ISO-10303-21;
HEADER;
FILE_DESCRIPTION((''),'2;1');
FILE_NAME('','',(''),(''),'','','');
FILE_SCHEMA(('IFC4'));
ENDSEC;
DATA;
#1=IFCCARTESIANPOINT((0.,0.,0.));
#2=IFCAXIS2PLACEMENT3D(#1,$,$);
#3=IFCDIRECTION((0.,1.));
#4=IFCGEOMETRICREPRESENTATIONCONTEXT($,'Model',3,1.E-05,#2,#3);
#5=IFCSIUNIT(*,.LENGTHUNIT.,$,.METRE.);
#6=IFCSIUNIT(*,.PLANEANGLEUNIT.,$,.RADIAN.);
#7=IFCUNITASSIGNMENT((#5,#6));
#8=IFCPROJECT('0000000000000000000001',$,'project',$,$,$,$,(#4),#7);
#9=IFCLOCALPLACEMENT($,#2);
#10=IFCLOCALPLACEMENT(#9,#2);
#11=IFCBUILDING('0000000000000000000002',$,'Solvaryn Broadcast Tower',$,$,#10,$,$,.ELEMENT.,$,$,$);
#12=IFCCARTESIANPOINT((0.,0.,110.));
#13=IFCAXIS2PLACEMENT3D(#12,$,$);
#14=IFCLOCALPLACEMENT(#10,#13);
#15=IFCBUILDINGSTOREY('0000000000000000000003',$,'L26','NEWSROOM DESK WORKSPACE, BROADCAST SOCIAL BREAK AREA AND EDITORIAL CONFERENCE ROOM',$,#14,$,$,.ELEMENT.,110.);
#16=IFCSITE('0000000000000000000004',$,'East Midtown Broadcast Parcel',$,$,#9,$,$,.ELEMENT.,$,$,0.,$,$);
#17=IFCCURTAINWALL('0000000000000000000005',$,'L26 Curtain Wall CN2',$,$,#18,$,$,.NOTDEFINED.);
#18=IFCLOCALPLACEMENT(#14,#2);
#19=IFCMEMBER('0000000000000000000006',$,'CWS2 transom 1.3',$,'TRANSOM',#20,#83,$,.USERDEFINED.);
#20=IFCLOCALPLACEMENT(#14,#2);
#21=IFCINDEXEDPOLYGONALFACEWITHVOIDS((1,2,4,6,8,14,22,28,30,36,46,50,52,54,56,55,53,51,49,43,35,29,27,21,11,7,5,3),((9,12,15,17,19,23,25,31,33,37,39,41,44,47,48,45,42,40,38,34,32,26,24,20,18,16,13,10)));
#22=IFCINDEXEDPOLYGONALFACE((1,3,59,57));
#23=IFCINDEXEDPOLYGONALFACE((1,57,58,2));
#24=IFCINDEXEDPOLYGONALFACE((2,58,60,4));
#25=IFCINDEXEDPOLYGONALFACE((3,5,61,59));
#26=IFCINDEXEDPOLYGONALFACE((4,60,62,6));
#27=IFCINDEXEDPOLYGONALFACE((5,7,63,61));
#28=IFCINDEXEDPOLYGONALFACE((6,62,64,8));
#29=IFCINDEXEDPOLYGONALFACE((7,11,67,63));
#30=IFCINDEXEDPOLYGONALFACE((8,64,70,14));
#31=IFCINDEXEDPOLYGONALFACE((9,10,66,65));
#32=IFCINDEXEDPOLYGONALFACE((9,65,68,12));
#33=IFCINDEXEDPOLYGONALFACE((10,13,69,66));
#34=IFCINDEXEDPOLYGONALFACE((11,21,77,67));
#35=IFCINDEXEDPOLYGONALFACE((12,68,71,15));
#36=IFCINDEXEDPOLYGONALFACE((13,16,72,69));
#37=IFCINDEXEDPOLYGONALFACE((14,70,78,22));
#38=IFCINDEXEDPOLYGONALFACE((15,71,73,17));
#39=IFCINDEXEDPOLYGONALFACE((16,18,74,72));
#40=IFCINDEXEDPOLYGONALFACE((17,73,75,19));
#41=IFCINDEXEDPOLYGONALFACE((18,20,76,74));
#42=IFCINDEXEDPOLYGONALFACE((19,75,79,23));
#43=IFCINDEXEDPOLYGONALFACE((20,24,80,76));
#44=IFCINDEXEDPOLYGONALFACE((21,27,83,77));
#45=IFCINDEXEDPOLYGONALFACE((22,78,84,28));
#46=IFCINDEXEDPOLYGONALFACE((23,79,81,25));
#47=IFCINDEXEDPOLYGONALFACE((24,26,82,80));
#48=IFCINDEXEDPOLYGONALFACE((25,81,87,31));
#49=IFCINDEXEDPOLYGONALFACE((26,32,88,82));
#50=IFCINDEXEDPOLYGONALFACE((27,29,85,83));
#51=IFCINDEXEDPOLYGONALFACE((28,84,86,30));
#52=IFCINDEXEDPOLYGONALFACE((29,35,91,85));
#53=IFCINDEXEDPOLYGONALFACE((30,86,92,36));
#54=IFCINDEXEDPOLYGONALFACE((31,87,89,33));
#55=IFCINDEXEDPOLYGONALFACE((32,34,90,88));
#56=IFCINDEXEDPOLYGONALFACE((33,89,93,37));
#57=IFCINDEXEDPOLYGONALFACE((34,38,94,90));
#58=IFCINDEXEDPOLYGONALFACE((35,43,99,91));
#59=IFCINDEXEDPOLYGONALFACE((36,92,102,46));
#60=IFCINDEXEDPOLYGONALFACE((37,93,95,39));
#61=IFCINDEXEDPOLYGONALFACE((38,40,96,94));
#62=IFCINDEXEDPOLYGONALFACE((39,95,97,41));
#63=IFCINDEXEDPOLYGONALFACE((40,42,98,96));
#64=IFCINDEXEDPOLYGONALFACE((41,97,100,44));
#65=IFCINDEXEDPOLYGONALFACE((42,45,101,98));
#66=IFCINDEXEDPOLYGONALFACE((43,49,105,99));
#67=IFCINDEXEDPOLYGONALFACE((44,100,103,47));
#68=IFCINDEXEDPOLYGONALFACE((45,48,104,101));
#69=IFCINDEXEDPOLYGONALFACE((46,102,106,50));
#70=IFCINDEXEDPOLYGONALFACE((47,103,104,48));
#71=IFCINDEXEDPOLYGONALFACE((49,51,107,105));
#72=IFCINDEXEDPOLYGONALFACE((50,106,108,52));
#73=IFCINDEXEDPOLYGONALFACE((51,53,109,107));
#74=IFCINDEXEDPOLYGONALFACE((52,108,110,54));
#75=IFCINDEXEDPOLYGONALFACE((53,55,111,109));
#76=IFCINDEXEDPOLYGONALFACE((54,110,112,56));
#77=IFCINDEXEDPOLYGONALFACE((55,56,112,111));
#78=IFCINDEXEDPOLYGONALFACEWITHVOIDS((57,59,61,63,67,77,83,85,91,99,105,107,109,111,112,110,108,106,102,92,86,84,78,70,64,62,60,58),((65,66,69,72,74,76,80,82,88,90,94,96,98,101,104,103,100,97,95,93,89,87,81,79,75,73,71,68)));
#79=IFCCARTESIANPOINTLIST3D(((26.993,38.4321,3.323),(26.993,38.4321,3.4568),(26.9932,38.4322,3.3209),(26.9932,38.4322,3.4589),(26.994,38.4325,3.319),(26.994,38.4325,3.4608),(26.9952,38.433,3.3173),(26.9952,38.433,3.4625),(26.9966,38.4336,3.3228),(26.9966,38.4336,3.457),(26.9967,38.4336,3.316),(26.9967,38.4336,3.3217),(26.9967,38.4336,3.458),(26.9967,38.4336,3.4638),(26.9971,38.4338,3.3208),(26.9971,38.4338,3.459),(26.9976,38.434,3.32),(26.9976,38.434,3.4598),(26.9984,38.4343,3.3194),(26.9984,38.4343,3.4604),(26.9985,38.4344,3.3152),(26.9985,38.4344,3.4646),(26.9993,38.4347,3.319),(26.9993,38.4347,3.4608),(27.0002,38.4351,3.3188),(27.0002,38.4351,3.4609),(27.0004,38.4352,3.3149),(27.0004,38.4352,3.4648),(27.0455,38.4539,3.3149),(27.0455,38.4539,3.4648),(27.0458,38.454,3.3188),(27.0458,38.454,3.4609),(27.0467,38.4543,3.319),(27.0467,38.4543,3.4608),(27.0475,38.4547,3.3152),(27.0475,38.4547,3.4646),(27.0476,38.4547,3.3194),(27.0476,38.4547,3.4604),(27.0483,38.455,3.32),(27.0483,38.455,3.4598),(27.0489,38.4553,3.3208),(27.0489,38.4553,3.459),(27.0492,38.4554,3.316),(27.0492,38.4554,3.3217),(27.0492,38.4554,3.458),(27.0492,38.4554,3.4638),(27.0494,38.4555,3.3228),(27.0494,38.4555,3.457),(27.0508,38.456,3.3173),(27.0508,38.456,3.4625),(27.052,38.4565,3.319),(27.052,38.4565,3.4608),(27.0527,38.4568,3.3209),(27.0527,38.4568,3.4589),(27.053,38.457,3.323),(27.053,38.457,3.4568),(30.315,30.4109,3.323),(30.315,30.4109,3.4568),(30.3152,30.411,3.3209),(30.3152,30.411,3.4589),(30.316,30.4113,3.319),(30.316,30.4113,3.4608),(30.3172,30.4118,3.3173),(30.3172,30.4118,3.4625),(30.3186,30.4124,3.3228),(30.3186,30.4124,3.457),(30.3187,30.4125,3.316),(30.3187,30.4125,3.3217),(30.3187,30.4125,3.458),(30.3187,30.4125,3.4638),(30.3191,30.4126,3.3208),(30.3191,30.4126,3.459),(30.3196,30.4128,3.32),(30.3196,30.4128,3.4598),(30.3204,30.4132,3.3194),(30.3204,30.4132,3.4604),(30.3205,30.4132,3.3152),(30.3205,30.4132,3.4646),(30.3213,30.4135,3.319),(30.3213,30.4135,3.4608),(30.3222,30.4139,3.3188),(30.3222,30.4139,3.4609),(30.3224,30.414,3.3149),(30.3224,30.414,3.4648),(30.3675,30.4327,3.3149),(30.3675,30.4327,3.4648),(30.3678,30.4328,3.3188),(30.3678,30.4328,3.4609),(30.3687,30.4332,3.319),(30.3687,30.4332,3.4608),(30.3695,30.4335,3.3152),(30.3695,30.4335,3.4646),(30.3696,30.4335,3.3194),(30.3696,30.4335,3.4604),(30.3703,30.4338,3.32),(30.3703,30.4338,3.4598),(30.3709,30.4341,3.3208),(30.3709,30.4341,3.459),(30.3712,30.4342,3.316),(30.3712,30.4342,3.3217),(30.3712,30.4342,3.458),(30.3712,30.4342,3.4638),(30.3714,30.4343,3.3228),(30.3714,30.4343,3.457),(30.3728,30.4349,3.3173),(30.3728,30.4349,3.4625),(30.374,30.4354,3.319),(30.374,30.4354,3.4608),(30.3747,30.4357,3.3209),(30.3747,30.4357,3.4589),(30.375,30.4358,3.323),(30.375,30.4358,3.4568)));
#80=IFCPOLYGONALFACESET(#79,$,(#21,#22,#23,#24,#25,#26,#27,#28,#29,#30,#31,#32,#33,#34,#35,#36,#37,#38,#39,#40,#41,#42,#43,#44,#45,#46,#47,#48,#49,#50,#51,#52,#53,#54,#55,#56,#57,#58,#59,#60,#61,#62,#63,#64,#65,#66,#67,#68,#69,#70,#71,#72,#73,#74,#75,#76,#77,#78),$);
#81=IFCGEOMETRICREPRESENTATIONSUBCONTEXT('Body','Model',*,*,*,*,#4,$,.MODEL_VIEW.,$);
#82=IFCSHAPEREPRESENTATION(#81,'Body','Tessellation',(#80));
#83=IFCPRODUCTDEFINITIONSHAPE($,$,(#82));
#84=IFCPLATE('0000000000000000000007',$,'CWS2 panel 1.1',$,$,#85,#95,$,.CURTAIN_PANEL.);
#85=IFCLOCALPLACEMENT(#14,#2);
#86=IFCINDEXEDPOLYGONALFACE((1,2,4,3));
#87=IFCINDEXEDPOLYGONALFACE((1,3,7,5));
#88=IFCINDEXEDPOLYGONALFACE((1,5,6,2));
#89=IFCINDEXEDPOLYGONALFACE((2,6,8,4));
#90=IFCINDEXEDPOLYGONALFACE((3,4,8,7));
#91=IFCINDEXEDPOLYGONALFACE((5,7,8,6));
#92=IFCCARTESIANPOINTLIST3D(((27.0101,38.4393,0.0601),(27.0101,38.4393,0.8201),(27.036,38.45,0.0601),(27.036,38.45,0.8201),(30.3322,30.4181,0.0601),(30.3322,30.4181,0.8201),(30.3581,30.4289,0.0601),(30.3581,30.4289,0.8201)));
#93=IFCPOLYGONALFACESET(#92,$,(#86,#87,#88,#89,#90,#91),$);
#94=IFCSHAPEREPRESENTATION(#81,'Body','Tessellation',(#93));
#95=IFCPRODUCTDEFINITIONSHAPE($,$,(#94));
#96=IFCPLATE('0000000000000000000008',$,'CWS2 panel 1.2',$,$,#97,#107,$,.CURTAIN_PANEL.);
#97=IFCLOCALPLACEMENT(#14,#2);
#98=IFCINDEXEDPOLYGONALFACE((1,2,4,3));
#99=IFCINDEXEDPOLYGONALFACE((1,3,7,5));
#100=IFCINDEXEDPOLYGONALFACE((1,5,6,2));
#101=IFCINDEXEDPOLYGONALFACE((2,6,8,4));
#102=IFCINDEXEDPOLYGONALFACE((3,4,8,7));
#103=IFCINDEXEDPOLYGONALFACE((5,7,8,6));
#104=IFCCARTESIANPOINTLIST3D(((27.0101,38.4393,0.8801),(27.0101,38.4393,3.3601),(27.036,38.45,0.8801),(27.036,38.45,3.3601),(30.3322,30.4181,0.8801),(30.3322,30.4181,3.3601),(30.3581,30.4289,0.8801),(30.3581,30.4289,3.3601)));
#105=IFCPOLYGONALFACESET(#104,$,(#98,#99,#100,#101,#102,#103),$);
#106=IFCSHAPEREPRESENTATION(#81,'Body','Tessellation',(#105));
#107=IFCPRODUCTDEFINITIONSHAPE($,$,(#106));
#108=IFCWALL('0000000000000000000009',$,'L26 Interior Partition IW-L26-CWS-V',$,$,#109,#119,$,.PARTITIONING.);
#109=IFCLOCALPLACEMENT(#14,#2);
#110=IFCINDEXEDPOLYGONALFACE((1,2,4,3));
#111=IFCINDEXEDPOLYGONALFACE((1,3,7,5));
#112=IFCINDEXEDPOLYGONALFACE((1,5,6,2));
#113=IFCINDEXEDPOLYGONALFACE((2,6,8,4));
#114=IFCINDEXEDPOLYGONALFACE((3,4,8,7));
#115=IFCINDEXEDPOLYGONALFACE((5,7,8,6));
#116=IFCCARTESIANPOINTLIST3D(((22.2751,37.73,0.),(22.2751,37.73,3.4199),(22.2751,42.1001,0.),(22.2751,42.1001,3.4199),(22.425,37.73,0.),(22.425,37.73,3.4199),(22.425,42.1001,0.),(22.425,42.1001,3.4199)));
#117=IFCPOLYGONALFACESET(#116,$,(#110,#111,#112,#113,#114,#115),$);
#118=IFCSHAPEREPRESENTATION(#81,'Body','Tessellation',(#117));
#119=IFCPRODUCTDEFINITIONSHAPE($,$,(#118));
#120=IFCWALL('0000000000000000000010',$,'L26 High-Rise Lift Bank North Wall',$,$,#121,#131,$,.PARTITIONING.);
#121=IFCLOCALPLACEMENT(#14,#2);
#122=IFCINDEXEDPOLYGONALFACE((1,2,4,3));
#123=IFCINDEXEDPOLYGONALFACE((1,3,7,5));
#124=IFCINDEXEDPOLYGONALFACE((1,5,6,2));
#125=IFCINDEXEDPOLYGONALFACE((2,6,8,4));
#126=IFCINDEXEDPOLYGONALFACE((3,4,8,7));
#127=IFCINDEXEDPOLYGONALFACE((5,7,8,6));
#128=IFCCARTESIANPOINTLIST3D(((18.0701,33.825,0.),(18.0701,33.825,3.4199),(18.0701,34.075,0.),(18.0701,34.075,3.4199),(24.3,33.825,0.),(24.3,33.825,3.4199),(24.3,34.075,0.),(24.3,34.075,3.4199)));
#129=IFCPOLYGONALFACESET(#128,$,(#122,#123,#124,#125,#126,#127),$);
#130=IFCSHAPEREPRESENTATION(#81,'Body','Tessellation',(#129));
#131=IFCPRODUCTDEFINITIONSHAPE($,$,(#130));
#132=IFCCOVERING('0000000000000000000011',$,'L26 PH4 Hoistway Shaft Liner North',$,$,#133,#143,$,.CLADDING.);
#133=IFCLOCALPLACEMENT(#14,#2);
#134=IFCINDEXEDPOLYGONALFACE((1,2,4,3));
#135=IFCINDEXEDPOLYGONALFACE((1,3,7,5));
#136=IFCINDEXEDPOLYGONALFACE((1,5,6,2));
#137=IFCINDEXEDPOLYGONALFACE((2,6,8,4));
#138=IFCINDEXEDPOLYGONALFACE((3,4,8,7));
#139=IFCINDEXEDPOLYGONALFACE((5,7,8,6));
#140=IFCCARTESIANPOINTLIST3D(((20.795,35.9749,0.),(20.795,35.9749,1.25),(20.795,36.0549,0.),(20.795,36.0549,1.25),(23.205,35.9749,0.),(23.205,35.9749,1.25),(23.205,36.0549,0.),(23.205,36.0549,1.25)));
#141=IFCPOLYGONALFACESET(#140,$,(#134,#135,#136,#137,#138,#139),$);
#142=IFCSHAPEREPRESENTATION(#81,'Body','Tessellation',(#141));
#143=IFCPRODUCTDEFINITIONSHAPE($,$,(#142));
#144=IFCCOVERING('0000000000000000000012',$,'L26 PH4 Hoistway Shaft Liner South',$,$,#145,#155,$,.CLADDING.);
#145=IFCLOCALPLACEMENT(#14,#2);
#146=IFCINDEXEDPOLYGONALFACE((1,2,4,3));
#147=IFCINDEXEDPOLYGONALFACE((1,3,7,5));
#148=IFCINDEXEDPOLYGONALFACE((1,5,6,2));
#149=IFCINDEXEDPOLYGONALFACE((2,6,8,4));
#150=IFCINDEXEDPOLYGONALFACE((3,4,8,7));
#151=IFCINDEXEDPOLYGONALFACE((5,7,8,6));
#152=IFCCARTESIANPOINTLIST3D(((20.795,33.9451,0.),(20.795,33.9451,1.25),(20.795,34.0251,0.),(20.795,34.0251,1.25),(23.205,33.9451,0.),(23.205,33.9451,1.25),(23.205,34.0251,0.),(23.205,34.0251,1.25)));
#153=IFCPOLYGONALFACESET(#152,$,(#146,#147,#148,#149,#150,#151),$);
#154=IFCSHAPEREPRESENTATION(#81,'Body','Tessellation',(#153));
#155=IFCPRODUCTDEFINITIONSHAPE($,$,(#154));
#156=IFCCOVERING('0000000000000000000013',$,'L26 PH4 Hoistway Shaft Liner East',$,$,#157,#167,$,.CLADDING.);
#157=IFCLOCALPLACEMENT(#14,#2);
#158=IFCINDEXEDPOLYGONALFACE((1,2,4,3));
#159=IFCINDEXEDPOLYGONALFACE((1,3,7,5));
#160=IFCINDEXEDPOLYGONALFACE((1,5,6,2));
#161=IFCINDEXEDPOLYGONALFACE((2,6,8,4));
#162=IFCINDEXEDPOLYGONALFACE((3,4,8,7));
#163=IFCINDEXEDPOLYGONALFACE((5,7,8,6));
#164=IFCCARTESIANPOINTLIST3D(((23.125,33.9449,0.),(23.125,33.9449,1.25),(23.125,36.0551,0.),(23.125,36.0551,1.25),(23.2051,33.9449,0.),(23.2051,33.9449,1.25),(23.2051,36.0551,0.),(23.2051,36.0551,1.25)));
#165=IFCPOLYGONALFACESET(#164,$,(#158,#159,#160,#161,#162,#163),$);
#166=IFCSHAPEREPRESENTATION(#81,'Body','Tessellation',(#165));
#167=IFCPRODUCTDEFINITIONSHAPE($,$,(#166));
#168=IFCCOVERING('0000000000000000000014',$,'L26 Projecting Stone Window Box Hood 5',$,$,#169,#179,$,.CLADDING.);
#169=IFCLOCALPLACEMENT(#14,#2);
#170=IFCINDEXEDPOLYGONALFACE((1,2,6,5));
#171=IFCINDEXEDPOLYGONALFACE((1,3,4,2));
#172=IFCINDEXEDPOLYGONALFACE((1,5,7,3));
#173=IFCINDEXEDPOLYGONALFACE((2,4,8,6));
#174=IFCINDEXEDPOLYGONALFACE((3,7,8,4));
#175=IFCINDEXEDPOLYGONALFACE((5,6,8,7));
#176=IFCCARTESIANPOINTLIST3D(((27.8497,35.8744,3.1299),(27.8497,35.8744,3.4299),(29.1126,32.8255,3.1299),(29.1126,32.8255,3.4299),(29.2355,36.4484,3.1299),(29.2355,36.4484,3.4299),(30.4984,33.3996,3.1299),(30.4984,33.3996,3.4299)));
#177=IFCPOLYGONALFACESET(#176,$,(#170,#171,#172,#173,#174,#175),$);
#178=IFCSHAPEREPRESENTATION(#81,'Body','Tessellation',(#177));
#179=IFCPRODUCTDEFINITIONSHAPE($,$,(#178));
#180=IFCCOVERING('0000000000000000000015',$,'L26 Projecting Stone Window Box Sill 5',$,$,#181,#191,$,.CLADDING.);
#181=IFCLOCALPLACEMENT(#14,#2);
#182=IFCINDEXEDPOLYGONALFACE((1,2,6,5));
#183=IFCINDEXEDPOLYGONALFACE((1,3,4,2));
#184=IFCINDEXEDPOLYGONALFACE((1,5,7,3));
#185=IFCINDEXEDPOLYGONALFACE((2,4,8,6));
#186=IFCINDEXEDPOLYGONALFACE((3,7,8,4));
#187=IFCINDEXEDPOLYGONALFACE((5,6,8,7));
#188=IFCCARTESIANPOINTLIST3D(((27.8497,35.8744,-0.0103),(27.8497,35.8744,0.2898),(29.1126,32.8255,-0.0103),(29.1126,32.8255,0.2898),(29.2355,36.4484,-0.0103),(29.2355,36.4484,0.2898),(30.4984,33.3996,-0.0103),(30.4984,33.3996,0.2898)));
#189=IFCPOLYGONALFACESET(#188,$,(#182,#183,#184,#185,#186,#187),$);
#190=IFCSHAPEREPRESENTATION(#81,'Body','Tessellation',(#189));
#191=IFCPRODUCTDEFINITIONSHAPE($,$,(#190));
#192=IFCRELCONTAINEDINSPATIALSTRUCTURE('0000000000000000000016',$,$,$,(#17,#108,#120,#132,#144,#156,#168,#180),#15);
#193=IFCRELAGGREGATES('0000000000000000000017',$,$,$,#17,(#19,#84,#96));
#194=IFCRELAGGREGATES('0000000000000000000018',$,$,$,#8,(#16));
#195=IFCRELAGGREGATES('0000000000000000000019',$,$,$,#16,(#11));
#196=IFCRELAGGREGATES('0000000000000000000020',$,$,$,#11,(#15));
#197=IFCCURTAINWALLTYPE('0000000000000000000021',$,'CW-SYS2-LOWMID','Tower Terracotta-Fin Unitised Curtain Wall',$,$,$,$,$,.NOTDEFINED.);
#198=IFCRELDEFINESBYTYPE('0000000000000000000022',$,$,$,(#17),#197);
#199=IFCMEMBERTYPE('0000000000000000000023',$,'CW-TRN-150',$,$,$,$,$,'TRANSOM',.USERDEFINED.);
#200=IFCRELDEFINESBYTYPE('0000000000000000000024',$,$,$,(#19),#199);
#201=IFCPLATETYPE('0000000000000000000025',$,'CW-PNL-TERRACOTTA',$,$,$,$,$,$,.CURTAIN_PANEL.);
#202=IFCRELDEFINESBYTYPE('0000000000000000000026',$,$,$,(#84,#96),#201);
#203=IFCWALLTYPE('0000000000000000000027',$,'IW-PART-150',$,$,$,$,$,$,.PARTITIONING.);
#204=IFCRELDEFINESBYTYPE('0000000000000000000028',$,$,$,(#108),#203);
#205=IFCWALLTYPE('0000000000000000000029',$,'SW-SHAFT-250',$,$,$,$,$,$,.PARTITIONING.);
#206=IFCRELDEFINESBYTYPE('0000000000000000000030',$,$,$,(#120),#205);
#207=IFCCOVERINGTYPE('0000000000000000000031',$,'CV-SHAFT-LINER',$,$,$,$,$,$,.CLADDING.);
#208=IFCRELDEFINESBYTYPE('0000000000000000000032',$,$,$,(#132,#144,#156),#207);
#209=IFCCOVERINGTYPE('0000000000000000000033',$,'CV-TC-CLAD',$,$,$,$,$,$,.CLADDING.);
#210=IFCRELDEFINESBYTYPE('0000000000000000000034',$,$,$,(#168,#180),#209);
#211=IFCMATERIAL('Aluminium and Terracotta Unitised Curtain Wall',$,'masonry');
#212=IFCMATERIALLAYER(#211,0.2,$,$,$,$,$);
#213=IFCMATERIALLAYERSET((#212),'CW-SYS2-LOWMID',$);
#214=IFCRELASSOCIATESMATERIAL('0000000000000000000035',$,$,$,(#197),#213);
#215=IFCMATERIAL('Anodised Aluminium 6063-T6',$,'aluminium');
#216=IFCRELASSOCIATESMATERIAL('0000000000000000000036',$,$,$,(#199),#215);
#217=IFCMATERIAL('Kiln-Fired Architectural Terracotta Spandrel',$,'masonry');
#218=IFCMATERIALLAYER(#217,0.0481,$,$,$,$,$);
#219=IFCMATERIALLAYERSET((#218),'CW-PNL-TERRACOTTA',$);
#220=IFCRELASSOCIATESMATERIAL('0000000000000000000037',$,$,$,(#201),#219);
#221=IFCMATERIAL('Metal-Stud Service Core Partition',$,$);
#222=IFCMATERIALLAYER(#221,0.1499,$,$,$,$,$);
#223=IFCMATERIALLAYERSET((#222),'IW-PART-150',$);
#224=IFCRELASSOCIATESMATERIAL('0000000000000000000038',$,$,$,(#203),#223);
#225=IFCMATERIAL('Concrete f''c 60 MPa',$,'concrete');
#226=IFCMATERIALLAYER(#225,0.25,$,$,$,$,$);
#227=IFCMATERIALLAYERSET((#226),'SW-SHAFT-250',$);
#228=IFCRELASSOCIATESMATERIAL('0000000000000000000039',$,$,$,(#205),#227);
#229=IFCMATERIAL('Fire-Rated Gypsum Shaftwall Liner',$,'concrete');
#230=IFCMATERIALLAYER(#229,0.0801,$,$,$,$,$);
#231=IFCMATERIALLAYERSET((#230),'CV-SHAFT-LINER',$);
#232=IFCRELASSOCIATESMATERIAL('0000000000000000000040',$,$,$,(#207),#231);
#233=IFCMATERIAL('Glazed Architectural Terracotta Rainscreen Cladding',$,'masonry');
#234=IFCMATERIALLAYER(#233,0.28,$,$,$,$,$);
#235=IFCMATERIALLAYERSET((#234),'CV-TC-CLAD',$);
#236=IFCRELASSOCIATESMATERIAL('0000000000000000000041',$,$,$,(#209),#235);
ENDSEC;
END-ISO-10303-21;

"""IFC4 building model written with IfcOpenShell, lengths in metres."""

from ifc_helpers import new_model, si_unit, direction, frame, frame_2d, origin, origin_2d, place, context, subcontext, project, spatial, rectangle, hollow_rectangle, extrude, material, layer, layer_set, material_profile, profile_set, type_object, element, aggregate, save


model = new_model("IFC4")

# Units and contexts
model_context = context("Model", 3, precision=1e-05, world=origin(), true_north=direction((0.0, 1.0)))
body_context = subcontext(model_context, "Body", "Model", "MODEL_VIEW")
ifc_project = project(units=[si_unit("LENGTHUNIT", "METRE"), si_unit("PLANEANGLEUNIT", "RADIAN")], contexts=[model_context])

# Site, building, storey
site_placement = place(None, origin())
site = spatial("IfcSite", under=ifc_project, at=site_placement, Name="East Midtown Broadcast Parcel", CompositionType="ELEMENT", RefElevation=0.0)
building_placement = place(site_placement, origin())
building = spatial("IfcBuilding", under=site, at=building_placement, Name="Solvaryn Broadcast Tower", CompositionType="ELEMENT")
storey_placement = place(building_placement, frame((0.0, 0.0, 110.0)))
storey = spatial("IfcBuildingStorey", under=building, at=storey_placement, Name="L26", Description="NEWSROOM DESK WORKSPACE, BROADCAST SOCIAL BREAK AREA AND EDITORIAL CONFERENCE ROOM", CompositionType="ELEMENT", Elevation=110.0)

# Shared definitions
ifc_material_1 = material(Name="Aluminium and Terracotta Unitised Curtain Wall", Category="masonry")
ifc_layer_1 = layer(ifc_material_1, 0.2)
ifc_layer_set_1 = layer_set([ifc_layer_1], Name="CW-SYS2-LOWMID")
curtain_wall_type = type_object("IfcCurtainWallType", Name="CW-SYS2-LOWMID", Description="Tower Terracotta-Fin Unitised Curtain Wall", PredefinedType="NOTDEFINED", material=ifc_layer_set_1)

# Curtain wall, member, plates
curtain_wall_1_placement = place(storey_placement, origin())
curtain_wall_1 = element("IfcCurtainWall", 1, at=curtain_wall_1_placement, inside=storey, type_object=curtain_wall_type, Name="L26 Curtain Wall CN2", PredefinedType="NOTDEFINED")
ifc_material_2 = material(Name="Anodised Aluminium 6063-T6", Category="aluminium")
ifc_material_profile_1 = material_profile(ifc_material_2, hollow_rectangle(XDim=0.0649, YDim=0.1499, WallThickness=0.0039, InnerFilletRadius=0.0039, OuterFilletRadius=0.0081, at=origin_2d()))
ifc_profile_set_1 = profile_set([ifc_material_profile_1], Name="Anodised Aluminium 6063-T6")
member_type_1 = type_object("IfcMemberType", Name="CW-TRN-150", ElementType="TRANSOM", PredefinedType="USERDEFINED", material=ifc_profile_set_1)
member_1_placement = place(storey_placement, frame((30.345, 30.4233, 3.3899), z_axis=(-0.382636, 0.923899, 0.0), x_axis=(-0.923899, -0.382636, 0.0)))
member_1 = element("IfcMember", 2, at=member_1_placement, type_object=member_type_1, Name="CWS2 transom 1.3", ObjectType="TRANSOM", PredefinedType="USERDEFINED", context=body_context, shape_type="SweptSolid", body=[
    extrude(hollow_rectangle(XDim=0.0649, YDim=0.1499, WallThickness=0.0039, InnerFilletRadius=0.0039, OuterFilletRadius=0.0081, at=origin_2d()), origin(), (0.0, 0.0, 1.0), 8.6819),
])
ifc_material_3 = material(Name="Kiln-Fired Architectural Terracotta Spandrel", Category="masonry")
ifc_layer_2 = layer(ifc_material_3, 0.0481)
ifc_layer_set_2 = layer_set([ifc_layer_2], Name="CW-PNL-TERRACOTTA")
plate_type = type_object("IfcPlateType", Name="CW-PNL-TERRACOTTA", PredefinedType="CURTAIN_PANEL", material=ifc_layer_set_2)
plate_1_placement = place(storey_placement, frame((28.6841, 34.4341, 0.0601), z_axis=(0.0, 0.0, 1.0), x_axis=(-0.382646, 0.923895, 0.0)))
plate_1 = element("IfcPlate", 3, at=plate_1_placement, type_object=plate_type, Name="CWS2 panel 1.1", PredefinedType="CURTAIN_PANEL", context=body_context, shape_type="SweptSolid", body=[
    extrude(rectangle(XDim=8.6819, YDim=0.0281, at=origin_2d()), origin(), (0.0, 0.0, 1.0), 0.76),
])
plate_2_placement = place(storey_placement, frame((28.6841, 34.4341, 0.8801), z_axis=(0.0, 0.0, 1.0), x_axis=(-0.382646, 0.923895, 0.0)))
plate_2 = element("IfcPlate", 4, at=plate_2_placement, type_object=plate_type, Name="CWS2 panel 1.2", PredefinedType="CURTAIN_PANEL", context=body_context, shape_type="SweptSolid", body=[
    extrude(rectangle(XDim=8.6819, YDim=0.0281, at=origin_2d()), origin(), (0.0, 0.0, 1.0), 2.48),
])
aggregate(curtain_wall_1, [member_1, plate_1, plate_2])

# Walls
ifc_material_4 = material(Name="Metal-Stud Service Core Partition")
ifc_layer_3 = layer(ifc_material_4, 0.1499)
ifc_layer_set_3 = layer_set([ifc_layer_3], Name="IW-PART-150")
wall_type_1 = type_object("IfcWallType", Name="IW-PART-150", PredefinedType="PARTITIONING", material=ifc_layer_set_3)
wall_1_placement = place(storey_placement, frame((22.3501, 37.73, 0.0), z_axis=(0.0, 0.0, 1.0), x_axis=(0.0, 1.0, 0.0)))
element("IfcWall", 5, at=wall_1_placement, inside=storey, type_object=wall_type_1, Name="L26 Interior Partition IW-L26-CWS-V", PredefinedType="PARTITIONING", context=body_context, shape_type="SweptSolid", body=[
    extrude(rectangle(XDim=4.3701, YDim=0.1499, at=frame_2d((2.1851, 0.0))), origin(), (0.0, 0.0, 1.0), 3.4199),
])
ifc_material_5 = material(Name="Concrete f'c 60 MPa", Category="concrete")
ifc_layer_4 = layer(ifc_material_5, 0.25)
ifc_layer_set_4 = layer_set([ifc_layer_4], Name="SW-SHAFT-250")
wall_type_2 = type_object("IfcWallType", Name="SW-SHAFT-250", PredefinedType="PARTITIONING", material=ifc_layer_set_4)
wall_2_placement = place(storey_placement, frame((24.3, 33.95, 0.0), z_axis=(0.0, 0.0, 1.0), x_axis=(-1.0, 0.0, 0.0)))
element("IfcWall", 6, at=wall_2_placement, inside=storey, type_object=wall_type_2, Name="L26 High-Rise Lift Bank North Wall", PredefinedType="PARTITIONING", context=body_context, shape_type="SweptSolid", body=[
    extrude(rectangle(XDim=6.23, YDim=0.25, at=frame_2d((3.115, 0.0))), origin(), (0.0, 0.0, 1.0), 3.4199),
])

# Coverings
ifc_material_6 = material(Name="Fire-Rated Gypsum Shaftwall Liner", Category="concrete")
ifc_layer_5 = layer(ifc_material_6, 0.0801)
ifc_layer_set_5 = layer_set([ifc_layer_5], Name="CV-SHAFT-LINER")
covering_type_1 = type_object("IfcCoveringType", Name="CV-SHAFT-LINER", PredefinedType="CLADDING", material=ifc_layer_set_5)
for number, where, z_axis, x_axis, name in (
    (7, (22.0, 36.0149, 0.0), (0.0, 0.0, 1.0), (1.0, 0.0, 0.0), "L26 PH4 Hoistway Shaft Liner North"),
    (8, (22.0, 33.9851, 0.0), (0.0, 0.0, 1.0), (1.0, 0.0, 0.0), "L26 PH4 Hoistway Shaft Liner South"),
):
    element("IfcCovering", number, at=place(storey_placement, frame(where, z_axis=z_axis, x_axis=x_axis)), inside=storey, type_object=covering_type_1, Name=name, PredefinedType="CLADDING", context=body_context, shape_type="SweptSolid", body=[
        extrude(rectangle(XDim=2.4099, YDim=0.0801, at=origin_2d()), origin(), (0.0, 0.0, 1.0), 1.25),
    ])
covering_1_placement = place(storey_placement, frame((23.165, 35.0, 0.0), z_axis=(0.0, 0.0, 1.0), x_axis=(1.0, 0.0, 0.0)))
element("IfcCovering", 9, at=covering_1_placement, inside=storey, type_object=covering_type_1, Name="L26 PH4 Hoistway Shaft Liner East", PredefinedType="CLADDING", context=body_context, shape_type="SweptSolid", body=[
    extrude(rectangle(XDim=0.0801, YDim=2.1101, at=origin_2d()), origin(), (0.0, 0.0, 1.0), 1.25),
])
ifc_material_7 = material(Name="Glazed Architectural Terracotta Rainscreen Cladding", Category="masonry")
ifc_layer_6 = layer(ifc_material_7, 0.28)
ifc_layer_set_6 = layer_set([ifc_layer_6], Name="CV-TC-CLAD")
covering_type_2 = type_object("IfcCoveringType", Name="CV-TC-CLAD", PredefinedType="CLADDING", material=ifc_layer_set_6)
for number, where, z_axis, x_axis, name in (
    (10, (29.1741, 34.637, 3.1299), (0.0, 0.0, 1.0), (-0.382683, 0.92388, 0.0), "L26 Projecting Stone Window Box Hood 5"),
    (11, (29.1741, 34.637, -0.0103), (0.0, 0.0, 1.0), (-0.382683, 0.92388, 0.0), "L26 Projecting Stone Window Box Sill 5"),
):
    element("IfcCovering", number, at=place(storey_placement, frame(where, z_axis=z_axis, x_axis=x_axis)), inside=storey, type_object=covering_type_2, Name=name, PredefinedType="CLADDING", context=body_context, shape_type="SweptSolid", body=[
        extrude(rectangle(XDim=3.3, YDim=1.5, at=origin_2d()), origin(), (0.0, 0.0, 1.0), 0.3),
    ])

save(model, "model.ifc")
